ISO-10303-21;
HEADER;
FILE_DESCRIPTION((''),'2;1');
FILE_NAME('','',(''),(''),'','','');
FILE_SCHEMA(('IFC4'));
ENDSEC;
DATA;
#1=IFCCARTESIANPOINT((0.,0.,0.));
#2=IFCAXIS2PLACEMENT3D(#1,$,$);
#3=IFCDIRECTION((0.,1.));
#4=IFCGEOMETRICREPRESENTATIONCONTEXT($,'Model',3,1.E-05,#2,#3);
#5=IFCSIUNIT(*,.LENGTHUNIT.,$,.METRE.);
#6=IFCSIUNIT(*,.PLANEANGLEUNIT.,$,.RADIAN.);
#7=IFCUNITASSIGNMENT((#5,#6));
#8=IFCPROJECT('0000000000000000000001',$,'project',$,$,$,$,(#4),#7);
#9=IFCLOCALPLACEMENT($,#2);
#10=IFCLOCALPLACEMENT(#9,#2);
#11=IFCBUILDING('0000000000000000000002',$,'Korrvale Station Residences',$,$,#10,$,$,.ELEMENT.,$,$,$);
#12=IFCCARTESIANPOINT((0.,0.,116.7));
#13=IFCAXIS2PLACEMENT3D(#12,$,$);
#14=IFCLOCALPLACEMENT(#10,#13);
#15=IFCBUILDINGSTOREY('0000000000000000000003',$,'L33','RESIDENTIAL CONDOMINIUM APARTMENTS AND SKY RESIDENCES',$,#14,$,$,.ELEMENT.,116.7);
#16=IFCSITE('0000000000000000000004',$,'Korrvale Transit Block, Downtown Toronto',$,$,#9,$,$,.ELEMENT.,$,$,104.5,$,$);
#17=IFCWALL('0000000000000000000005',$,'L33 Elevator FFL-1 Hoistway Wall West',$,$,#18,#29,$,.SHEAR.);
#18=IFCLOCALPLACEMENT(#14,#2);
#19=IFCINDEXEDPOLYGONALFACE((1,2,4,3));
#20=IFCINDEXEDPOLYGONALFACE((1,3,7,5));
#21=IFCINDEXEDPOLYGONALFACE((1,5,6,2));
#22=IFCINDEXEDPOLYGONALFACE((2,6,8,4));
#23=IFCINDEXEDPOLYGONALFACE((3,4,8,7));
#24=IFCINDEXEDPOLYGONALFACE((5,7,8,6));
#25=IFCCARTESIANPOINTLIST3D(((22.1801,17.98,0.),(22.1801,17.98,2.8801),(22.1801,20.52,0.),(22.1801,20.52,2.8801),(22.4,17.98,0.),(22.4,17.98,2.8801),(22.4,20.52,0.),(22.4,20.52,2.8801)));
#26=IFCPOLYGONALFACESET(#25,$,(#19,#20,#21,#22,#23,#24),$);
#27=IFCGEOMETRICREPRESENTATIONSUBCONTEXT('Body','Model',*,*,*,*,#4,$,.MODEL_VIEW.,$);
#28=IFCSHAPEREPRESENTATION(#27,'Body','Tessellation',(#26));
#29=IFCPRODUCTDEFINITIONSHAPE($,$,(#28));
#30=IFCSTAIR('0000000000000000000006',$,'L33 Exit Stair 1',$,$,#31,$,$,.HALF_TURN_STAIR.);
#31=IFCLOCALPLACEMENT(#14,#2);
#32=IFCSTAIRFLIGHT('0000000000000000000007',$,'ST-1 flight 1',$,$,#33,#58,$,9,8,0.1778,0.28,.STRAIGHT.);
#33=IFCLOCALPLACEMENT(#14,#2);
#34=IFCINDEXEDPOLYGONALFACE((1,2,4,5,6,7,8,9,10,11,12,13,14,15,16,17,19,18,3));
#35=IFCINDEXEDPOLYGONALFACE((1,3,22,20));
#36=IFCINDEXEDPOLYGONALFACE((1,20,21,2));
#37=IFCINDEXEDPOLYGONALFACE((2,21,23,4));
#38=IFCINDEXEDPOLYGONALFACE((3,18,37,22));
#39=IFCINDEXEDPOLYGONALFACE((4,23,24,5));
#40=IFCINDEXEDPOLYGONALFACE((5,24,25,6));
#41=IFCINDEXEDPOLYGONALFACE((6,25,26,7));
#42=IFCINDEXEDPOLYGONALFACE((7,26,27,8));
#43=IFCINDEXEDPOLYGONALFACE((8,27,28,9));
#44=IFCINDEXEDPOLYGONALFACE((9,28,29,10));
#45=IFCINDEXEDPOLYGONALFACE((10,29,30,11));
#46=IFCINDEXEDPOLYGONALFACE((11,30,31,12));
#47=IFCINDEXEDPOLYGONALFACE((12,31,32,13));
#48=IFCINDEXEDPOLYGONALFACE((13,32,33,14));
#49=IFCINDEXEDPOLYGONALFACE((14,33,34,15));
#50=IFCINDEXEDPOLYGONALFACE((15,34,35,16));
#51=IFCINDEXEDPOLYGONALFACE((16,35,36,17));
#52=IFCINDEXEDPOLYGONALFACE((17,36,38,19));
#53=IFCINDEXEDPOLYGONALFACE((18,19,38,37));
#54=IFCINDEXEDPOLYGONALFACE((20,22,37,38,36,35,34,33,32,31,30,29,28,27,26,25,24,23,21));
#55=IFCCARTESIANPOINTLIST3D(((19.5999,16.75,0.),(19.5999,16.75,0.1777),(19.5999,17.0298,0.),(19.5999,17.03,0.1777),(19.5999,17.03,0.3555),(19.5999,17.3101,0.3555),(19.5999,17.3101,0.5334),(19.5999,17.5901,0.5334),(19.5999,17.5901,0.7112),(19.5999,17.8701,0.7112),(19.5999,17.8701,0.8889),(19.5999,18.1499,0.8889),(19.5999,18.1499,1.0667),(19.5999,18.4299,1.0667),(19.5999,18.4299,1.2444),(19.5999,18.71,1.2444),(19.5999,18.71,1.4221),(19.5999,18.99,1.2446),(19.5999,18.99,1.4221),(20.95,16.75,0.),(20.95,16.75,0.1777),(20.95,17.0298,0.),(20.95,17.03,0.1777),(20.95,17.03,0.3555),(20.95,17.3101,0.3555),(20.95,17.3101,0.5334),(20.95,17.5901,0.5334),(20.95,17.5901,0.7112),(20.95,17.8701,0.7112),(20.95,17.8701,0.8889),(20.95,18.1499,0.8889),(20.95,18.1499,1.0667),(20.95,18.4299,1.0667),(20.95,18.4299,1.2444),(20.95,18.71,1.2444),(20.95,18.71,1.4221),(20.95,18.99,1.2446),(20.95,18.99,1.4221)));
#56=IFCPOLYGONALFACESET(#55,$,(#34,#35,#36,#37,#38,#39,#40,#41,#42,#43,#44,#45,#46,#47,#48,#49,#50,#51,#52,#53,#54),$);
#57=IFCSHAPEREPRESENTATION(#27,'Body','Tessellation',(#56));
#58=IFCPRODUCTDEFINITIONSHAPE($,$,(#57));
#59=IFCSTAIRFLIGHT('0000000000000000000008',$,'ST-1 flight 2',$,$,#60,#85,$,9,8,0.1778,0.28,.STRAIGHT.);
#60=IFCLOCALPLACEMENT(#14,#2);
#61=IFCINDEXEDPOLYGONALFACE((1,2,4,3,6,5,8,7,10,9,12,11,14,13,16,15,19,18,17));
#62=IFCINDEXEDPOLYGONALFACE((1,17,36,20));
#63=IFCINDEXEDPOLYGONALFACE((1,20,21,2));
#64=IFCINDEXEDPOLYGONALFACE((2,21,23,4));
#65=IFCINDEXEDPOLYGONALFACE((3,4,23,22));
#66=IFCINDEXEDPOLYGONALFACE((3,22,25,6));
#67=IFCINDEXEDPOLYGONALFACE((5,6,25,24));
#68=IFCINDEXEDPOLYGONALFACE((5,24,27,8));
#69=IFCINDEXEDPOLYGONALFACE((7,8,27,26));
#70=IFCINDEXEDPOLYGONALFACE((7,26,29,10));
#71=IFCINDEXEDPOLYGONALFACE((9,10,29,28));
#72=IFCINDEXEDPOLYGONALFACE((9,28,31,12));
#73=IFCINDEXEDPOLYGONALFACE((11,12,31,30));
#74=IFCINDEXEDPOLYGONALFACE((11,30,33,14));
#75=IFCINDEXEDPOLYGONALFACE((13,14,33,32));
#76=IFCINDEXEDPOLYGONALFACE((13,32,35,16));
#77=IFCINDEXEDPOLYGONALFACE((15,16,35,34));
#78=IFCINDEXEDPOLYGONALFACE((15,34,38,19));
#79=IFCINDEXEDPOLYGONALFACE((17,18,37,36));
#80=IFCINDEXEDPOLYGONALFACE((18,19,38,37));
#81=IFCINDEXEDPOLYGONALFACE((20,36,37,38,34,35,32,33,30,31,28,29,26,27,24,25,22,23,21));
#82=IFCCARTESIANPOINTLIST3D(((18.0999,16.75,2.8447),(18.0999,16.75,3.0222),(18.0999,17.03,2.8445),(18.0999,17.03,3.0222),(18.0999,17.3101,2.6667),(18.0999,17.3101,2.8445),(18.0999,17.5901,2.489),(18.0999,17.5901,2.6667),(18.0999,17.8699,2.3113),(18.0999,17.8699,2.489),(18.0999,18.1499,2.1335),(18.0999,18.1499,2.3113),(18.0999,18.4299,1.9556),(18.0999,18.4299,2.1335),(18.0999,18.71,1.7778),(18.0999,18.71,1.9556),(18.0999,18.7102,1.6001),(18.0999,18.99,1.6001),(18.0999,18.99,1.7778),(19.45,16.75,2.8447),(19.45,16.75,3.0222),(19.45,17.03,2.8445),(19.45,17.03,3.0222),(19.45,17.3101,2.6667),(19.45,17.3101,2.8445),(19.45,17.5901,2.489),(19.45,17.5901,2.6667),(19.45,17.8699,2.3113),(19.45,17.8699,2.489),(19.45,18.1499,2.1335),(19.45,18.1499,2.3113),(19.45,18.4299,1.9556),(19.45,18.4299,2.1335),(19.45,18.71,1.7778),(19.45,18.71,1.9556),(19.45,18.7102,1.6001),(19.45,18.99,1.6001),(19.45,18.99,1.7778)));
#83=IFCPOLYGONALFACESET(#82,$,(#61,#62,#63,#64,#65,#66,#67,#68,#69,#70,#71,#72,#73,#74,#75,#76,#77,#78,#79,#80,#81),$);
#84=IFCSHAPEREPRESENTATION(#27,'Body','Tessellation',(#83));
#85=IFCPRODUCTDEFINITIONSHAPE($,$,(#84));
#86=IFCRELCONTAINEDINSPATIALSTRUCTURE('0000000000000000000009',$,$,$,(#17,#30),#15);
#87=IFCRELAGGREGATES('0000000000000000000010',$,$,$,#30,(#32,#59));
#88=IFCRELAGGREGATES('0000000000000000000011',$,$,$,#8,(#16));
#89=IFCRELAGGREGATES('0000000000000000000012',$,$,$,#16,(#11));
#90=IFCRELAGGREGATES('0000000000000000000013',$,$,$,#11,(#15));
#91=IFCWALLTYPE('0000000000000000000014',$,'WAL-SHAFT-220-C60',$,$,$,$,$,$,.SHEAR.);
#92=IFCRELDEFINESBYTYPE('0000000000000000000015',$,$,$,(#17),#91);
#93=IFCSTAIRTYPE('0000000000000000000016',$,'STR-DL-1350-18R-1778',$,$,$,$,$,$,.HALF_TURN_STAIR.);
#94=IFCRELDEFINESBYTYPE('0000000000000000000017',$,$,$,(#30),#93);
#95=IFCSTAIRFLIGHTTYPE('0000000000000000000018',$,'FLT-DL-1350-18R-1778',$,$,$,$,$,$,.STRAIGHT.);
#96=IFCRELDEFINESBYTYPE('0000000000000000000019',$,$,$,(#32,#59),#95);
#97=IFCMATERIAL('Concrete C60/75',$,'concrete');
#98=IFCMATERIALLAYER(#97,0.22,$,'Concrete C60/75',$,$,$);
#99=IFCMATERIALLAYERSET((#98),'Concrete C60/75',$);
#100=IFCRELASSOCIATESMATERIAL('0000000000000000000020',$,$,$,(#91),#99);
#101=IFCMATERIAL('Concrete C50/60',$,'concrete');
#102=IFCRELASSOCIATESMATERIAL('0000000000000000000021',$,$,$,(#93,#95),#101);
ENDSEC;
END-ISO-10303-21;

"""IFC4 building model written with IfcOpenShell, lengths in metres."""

from ifc_helpers import new_model, si_unit, direction, frame, frame_2d, origin, place, context, subcontext, project, spatial, polyline, rectangle, outline, extrude, material, layer, layer_set, type_object, element, aggregate, save


model = new_model("IFC4")

# Units and contexts
model_context = context("Model", 3, precision=1e-05, world=origin(), true_north=direction((0.0, 1.0)))
body_context = subcontext(model_context, "Body", "Model", "MODEL_VIEW")
ifc_project = project(units=[si_unit("LENGTHUNIT", "METRE"), si_unit("PLANEANGLEUNIT", "RADIAN")], contexts=[model_context])

# Site, building, storey
site_placement = place(None, origin())
site = spatial("IfcSite", under=ifc_project, at=site_placement, Name="Korrvale Transit Block, Downtown Toronto", CompositionType="ELEMENT", RefElevation=104.5)
building_placement = place(site_placement, origin())
building = spatial("IfcBuilding", under=site, at=building_placement, Name="Korrvale Station Residences", CompositionType="ELEMENT")
storey_placement = place(building_placement, frame((0.0, 0.0, 116.7)))
storey = spatial("IfcBuildingStorey", under=building, at=storey_placement, Name="L33", Description="RESIDENTIAL CONDOMINIUM APARTMENTS AND SKY RESIDENCES", CompositionType="ELEMENT", Elevation=116.7)

# Shared definitions
ifc_material_1 = material(Name="Concrete C60/75", Category="concrete")

# Shared definitions
ifc_layer_1 = layer(ifc_material_1, 0.22, Name="Concrete C60/75")
ifc_layer_set_1 = layer_set([ifc_layer_1], Name="Concrete C60/75")
wall_type_1 = type_object("IfcWallType", Name="WAL-SHAFT-220-C60", PredefinedType="SHEAR", material=ifc_layer_set_1)

# Wall
wall_1_placement = place(storey_placement, frame((22.29, 17.98, 0.0), z_axis=(0.0, 0.0, 1.0), x_axis=(0.0, 1.0, 0.0)))
element("IfcWall", 1, at=wall_1_placement, inside=storey, type_object=wall_type_1, Name="L33 Elevator FFL-1 Hoistway Wall West", PredefinedType="SHEAR", context=body_context, shape_type="SweptSolid", body=[
    extrude(rectangle(XDim=2.54, YDim=0.22, at=frame_2d((1.27, 0.0))), origin(), (0.0, 0.0, 1.0), 2.8801),
])

# Stair, stair flights
ifc_material_2 = material(Name="Concrete C50/60", Category="concrete")
stair_type = type_object("IfcStairType", Name="STR-DL-1350-18R-1778", PredefinedType="HALF_TURN_STAIR", material=ifc_material_2)
stair_placement = place(storey_placement, origin())
stair = element("IfcStair", 2, at=stair_placement, inside=storey, type_object=stair_type, Name="L33 Exit Stair 1", PredefinedType="HALF_TURN_STAIR")
stair_flight_type = type_object("IfcStairFlightType", Name="FLT-DL-1350-18R-1778", PredefinedType="STRAIGHT", material=ifc_material_2)
stair_flight_1_placement = place(storey_placement, frame((20.2749, 16.75, 0.0), z_axis=(0.0, 0.0, 1.0), x_axis=(0.0, 1.0, 0.0)))
stair_flight_1 = element("IfcStairFlight", 3, at=stair_flight_1_placement, type_object=stair_flight_type, Name="ST-1 flight 1", NumberOfRisers=9, NumberOfTreads=8, PredefinedType="STRAIGHT", RiserHeight=0.1778, TreadLength=0.28, context=body_context, shape_type="SweptSolid", body=[
    extrude(outline(polyline([(0.0, 0.0), (0.0, 0.1777), (0.28, 0.1777), (0.28, 0.3555), (0.5601, 0.3555), (0.5601, 0.5334), (0.8401, 0.5334), (0.8401, 0.7112), (1.1201, 0.7112), (1.1201, 0.8889), (1.3999, 0.8889), (1.3999, 1.0667), (1.6799, 1.0667), (1.6799, 1.2444), (1.96, 1.2444), (1.96, 1.4221), (2.24, 1.4221), (2.24, 1.6001), (2.24, 1.2446), (0.2798, 0.0), (0.0, 0.0)])), frame((0.0, 0.675, 0.0), z_axis=(0.0, -1.0, 0.0), x_axis=(1.0, 0.0, 0.0)), (0.0, 0.0, 1.0), 1.3501),
])
stair_flight_2_placement = place(storey_placement, frame((18.7749, 18.99, 1.6001), z_axis=(0.0, 0.0, 1.0), x_axis=(0.0, -1.0, 0.0)))
stair_flight_2 = element("IfcStairFlight", 4, at=stair_flight_2_placement, type_object=stair_flight_type, Name="ST-1 flight 2", NumberOfRisers=9, NumberOfTreads=8, PredefinedType="STRAIGHT", RiserHeight=0.1778, TreadLength=0.28, context=body_context, shape_type="SweptSolid", body=[
    extrude(outline(polyline([(0.0, 0.0), (0.0, 0.1777), (0.28, 0.1777), (0.28, 0.3555), (0.5601, 0.3555), (0.5601, 0.5334), (0.8401, 0.5334), (0.8401, 0.7112), (1.1201, 0.7112), (1.1201, 0.8889), (1.3999, 0.8889), (1.3999, 1.0667), (1.6799, 1.0667), (1.6799, 1.2444), (1.96, 1.2444), (1.96, 1.4221), (2.24, 1.4221), (2.24, 1.6001), (2.24, 1.2446), (0.2798, 0.0), (0.0, 0.0)])), frame((0.0, 0.675, 0.0), z_axis=(0.0, -1.0, 0.0), x_axis=(1.0, 0.0, 0.0)), (0.0, 0.0, 1.0), 1.3501),
])
aggregate(stair, [stair_flight_1, stair_flight_2])

save(model, "model.ifc")
